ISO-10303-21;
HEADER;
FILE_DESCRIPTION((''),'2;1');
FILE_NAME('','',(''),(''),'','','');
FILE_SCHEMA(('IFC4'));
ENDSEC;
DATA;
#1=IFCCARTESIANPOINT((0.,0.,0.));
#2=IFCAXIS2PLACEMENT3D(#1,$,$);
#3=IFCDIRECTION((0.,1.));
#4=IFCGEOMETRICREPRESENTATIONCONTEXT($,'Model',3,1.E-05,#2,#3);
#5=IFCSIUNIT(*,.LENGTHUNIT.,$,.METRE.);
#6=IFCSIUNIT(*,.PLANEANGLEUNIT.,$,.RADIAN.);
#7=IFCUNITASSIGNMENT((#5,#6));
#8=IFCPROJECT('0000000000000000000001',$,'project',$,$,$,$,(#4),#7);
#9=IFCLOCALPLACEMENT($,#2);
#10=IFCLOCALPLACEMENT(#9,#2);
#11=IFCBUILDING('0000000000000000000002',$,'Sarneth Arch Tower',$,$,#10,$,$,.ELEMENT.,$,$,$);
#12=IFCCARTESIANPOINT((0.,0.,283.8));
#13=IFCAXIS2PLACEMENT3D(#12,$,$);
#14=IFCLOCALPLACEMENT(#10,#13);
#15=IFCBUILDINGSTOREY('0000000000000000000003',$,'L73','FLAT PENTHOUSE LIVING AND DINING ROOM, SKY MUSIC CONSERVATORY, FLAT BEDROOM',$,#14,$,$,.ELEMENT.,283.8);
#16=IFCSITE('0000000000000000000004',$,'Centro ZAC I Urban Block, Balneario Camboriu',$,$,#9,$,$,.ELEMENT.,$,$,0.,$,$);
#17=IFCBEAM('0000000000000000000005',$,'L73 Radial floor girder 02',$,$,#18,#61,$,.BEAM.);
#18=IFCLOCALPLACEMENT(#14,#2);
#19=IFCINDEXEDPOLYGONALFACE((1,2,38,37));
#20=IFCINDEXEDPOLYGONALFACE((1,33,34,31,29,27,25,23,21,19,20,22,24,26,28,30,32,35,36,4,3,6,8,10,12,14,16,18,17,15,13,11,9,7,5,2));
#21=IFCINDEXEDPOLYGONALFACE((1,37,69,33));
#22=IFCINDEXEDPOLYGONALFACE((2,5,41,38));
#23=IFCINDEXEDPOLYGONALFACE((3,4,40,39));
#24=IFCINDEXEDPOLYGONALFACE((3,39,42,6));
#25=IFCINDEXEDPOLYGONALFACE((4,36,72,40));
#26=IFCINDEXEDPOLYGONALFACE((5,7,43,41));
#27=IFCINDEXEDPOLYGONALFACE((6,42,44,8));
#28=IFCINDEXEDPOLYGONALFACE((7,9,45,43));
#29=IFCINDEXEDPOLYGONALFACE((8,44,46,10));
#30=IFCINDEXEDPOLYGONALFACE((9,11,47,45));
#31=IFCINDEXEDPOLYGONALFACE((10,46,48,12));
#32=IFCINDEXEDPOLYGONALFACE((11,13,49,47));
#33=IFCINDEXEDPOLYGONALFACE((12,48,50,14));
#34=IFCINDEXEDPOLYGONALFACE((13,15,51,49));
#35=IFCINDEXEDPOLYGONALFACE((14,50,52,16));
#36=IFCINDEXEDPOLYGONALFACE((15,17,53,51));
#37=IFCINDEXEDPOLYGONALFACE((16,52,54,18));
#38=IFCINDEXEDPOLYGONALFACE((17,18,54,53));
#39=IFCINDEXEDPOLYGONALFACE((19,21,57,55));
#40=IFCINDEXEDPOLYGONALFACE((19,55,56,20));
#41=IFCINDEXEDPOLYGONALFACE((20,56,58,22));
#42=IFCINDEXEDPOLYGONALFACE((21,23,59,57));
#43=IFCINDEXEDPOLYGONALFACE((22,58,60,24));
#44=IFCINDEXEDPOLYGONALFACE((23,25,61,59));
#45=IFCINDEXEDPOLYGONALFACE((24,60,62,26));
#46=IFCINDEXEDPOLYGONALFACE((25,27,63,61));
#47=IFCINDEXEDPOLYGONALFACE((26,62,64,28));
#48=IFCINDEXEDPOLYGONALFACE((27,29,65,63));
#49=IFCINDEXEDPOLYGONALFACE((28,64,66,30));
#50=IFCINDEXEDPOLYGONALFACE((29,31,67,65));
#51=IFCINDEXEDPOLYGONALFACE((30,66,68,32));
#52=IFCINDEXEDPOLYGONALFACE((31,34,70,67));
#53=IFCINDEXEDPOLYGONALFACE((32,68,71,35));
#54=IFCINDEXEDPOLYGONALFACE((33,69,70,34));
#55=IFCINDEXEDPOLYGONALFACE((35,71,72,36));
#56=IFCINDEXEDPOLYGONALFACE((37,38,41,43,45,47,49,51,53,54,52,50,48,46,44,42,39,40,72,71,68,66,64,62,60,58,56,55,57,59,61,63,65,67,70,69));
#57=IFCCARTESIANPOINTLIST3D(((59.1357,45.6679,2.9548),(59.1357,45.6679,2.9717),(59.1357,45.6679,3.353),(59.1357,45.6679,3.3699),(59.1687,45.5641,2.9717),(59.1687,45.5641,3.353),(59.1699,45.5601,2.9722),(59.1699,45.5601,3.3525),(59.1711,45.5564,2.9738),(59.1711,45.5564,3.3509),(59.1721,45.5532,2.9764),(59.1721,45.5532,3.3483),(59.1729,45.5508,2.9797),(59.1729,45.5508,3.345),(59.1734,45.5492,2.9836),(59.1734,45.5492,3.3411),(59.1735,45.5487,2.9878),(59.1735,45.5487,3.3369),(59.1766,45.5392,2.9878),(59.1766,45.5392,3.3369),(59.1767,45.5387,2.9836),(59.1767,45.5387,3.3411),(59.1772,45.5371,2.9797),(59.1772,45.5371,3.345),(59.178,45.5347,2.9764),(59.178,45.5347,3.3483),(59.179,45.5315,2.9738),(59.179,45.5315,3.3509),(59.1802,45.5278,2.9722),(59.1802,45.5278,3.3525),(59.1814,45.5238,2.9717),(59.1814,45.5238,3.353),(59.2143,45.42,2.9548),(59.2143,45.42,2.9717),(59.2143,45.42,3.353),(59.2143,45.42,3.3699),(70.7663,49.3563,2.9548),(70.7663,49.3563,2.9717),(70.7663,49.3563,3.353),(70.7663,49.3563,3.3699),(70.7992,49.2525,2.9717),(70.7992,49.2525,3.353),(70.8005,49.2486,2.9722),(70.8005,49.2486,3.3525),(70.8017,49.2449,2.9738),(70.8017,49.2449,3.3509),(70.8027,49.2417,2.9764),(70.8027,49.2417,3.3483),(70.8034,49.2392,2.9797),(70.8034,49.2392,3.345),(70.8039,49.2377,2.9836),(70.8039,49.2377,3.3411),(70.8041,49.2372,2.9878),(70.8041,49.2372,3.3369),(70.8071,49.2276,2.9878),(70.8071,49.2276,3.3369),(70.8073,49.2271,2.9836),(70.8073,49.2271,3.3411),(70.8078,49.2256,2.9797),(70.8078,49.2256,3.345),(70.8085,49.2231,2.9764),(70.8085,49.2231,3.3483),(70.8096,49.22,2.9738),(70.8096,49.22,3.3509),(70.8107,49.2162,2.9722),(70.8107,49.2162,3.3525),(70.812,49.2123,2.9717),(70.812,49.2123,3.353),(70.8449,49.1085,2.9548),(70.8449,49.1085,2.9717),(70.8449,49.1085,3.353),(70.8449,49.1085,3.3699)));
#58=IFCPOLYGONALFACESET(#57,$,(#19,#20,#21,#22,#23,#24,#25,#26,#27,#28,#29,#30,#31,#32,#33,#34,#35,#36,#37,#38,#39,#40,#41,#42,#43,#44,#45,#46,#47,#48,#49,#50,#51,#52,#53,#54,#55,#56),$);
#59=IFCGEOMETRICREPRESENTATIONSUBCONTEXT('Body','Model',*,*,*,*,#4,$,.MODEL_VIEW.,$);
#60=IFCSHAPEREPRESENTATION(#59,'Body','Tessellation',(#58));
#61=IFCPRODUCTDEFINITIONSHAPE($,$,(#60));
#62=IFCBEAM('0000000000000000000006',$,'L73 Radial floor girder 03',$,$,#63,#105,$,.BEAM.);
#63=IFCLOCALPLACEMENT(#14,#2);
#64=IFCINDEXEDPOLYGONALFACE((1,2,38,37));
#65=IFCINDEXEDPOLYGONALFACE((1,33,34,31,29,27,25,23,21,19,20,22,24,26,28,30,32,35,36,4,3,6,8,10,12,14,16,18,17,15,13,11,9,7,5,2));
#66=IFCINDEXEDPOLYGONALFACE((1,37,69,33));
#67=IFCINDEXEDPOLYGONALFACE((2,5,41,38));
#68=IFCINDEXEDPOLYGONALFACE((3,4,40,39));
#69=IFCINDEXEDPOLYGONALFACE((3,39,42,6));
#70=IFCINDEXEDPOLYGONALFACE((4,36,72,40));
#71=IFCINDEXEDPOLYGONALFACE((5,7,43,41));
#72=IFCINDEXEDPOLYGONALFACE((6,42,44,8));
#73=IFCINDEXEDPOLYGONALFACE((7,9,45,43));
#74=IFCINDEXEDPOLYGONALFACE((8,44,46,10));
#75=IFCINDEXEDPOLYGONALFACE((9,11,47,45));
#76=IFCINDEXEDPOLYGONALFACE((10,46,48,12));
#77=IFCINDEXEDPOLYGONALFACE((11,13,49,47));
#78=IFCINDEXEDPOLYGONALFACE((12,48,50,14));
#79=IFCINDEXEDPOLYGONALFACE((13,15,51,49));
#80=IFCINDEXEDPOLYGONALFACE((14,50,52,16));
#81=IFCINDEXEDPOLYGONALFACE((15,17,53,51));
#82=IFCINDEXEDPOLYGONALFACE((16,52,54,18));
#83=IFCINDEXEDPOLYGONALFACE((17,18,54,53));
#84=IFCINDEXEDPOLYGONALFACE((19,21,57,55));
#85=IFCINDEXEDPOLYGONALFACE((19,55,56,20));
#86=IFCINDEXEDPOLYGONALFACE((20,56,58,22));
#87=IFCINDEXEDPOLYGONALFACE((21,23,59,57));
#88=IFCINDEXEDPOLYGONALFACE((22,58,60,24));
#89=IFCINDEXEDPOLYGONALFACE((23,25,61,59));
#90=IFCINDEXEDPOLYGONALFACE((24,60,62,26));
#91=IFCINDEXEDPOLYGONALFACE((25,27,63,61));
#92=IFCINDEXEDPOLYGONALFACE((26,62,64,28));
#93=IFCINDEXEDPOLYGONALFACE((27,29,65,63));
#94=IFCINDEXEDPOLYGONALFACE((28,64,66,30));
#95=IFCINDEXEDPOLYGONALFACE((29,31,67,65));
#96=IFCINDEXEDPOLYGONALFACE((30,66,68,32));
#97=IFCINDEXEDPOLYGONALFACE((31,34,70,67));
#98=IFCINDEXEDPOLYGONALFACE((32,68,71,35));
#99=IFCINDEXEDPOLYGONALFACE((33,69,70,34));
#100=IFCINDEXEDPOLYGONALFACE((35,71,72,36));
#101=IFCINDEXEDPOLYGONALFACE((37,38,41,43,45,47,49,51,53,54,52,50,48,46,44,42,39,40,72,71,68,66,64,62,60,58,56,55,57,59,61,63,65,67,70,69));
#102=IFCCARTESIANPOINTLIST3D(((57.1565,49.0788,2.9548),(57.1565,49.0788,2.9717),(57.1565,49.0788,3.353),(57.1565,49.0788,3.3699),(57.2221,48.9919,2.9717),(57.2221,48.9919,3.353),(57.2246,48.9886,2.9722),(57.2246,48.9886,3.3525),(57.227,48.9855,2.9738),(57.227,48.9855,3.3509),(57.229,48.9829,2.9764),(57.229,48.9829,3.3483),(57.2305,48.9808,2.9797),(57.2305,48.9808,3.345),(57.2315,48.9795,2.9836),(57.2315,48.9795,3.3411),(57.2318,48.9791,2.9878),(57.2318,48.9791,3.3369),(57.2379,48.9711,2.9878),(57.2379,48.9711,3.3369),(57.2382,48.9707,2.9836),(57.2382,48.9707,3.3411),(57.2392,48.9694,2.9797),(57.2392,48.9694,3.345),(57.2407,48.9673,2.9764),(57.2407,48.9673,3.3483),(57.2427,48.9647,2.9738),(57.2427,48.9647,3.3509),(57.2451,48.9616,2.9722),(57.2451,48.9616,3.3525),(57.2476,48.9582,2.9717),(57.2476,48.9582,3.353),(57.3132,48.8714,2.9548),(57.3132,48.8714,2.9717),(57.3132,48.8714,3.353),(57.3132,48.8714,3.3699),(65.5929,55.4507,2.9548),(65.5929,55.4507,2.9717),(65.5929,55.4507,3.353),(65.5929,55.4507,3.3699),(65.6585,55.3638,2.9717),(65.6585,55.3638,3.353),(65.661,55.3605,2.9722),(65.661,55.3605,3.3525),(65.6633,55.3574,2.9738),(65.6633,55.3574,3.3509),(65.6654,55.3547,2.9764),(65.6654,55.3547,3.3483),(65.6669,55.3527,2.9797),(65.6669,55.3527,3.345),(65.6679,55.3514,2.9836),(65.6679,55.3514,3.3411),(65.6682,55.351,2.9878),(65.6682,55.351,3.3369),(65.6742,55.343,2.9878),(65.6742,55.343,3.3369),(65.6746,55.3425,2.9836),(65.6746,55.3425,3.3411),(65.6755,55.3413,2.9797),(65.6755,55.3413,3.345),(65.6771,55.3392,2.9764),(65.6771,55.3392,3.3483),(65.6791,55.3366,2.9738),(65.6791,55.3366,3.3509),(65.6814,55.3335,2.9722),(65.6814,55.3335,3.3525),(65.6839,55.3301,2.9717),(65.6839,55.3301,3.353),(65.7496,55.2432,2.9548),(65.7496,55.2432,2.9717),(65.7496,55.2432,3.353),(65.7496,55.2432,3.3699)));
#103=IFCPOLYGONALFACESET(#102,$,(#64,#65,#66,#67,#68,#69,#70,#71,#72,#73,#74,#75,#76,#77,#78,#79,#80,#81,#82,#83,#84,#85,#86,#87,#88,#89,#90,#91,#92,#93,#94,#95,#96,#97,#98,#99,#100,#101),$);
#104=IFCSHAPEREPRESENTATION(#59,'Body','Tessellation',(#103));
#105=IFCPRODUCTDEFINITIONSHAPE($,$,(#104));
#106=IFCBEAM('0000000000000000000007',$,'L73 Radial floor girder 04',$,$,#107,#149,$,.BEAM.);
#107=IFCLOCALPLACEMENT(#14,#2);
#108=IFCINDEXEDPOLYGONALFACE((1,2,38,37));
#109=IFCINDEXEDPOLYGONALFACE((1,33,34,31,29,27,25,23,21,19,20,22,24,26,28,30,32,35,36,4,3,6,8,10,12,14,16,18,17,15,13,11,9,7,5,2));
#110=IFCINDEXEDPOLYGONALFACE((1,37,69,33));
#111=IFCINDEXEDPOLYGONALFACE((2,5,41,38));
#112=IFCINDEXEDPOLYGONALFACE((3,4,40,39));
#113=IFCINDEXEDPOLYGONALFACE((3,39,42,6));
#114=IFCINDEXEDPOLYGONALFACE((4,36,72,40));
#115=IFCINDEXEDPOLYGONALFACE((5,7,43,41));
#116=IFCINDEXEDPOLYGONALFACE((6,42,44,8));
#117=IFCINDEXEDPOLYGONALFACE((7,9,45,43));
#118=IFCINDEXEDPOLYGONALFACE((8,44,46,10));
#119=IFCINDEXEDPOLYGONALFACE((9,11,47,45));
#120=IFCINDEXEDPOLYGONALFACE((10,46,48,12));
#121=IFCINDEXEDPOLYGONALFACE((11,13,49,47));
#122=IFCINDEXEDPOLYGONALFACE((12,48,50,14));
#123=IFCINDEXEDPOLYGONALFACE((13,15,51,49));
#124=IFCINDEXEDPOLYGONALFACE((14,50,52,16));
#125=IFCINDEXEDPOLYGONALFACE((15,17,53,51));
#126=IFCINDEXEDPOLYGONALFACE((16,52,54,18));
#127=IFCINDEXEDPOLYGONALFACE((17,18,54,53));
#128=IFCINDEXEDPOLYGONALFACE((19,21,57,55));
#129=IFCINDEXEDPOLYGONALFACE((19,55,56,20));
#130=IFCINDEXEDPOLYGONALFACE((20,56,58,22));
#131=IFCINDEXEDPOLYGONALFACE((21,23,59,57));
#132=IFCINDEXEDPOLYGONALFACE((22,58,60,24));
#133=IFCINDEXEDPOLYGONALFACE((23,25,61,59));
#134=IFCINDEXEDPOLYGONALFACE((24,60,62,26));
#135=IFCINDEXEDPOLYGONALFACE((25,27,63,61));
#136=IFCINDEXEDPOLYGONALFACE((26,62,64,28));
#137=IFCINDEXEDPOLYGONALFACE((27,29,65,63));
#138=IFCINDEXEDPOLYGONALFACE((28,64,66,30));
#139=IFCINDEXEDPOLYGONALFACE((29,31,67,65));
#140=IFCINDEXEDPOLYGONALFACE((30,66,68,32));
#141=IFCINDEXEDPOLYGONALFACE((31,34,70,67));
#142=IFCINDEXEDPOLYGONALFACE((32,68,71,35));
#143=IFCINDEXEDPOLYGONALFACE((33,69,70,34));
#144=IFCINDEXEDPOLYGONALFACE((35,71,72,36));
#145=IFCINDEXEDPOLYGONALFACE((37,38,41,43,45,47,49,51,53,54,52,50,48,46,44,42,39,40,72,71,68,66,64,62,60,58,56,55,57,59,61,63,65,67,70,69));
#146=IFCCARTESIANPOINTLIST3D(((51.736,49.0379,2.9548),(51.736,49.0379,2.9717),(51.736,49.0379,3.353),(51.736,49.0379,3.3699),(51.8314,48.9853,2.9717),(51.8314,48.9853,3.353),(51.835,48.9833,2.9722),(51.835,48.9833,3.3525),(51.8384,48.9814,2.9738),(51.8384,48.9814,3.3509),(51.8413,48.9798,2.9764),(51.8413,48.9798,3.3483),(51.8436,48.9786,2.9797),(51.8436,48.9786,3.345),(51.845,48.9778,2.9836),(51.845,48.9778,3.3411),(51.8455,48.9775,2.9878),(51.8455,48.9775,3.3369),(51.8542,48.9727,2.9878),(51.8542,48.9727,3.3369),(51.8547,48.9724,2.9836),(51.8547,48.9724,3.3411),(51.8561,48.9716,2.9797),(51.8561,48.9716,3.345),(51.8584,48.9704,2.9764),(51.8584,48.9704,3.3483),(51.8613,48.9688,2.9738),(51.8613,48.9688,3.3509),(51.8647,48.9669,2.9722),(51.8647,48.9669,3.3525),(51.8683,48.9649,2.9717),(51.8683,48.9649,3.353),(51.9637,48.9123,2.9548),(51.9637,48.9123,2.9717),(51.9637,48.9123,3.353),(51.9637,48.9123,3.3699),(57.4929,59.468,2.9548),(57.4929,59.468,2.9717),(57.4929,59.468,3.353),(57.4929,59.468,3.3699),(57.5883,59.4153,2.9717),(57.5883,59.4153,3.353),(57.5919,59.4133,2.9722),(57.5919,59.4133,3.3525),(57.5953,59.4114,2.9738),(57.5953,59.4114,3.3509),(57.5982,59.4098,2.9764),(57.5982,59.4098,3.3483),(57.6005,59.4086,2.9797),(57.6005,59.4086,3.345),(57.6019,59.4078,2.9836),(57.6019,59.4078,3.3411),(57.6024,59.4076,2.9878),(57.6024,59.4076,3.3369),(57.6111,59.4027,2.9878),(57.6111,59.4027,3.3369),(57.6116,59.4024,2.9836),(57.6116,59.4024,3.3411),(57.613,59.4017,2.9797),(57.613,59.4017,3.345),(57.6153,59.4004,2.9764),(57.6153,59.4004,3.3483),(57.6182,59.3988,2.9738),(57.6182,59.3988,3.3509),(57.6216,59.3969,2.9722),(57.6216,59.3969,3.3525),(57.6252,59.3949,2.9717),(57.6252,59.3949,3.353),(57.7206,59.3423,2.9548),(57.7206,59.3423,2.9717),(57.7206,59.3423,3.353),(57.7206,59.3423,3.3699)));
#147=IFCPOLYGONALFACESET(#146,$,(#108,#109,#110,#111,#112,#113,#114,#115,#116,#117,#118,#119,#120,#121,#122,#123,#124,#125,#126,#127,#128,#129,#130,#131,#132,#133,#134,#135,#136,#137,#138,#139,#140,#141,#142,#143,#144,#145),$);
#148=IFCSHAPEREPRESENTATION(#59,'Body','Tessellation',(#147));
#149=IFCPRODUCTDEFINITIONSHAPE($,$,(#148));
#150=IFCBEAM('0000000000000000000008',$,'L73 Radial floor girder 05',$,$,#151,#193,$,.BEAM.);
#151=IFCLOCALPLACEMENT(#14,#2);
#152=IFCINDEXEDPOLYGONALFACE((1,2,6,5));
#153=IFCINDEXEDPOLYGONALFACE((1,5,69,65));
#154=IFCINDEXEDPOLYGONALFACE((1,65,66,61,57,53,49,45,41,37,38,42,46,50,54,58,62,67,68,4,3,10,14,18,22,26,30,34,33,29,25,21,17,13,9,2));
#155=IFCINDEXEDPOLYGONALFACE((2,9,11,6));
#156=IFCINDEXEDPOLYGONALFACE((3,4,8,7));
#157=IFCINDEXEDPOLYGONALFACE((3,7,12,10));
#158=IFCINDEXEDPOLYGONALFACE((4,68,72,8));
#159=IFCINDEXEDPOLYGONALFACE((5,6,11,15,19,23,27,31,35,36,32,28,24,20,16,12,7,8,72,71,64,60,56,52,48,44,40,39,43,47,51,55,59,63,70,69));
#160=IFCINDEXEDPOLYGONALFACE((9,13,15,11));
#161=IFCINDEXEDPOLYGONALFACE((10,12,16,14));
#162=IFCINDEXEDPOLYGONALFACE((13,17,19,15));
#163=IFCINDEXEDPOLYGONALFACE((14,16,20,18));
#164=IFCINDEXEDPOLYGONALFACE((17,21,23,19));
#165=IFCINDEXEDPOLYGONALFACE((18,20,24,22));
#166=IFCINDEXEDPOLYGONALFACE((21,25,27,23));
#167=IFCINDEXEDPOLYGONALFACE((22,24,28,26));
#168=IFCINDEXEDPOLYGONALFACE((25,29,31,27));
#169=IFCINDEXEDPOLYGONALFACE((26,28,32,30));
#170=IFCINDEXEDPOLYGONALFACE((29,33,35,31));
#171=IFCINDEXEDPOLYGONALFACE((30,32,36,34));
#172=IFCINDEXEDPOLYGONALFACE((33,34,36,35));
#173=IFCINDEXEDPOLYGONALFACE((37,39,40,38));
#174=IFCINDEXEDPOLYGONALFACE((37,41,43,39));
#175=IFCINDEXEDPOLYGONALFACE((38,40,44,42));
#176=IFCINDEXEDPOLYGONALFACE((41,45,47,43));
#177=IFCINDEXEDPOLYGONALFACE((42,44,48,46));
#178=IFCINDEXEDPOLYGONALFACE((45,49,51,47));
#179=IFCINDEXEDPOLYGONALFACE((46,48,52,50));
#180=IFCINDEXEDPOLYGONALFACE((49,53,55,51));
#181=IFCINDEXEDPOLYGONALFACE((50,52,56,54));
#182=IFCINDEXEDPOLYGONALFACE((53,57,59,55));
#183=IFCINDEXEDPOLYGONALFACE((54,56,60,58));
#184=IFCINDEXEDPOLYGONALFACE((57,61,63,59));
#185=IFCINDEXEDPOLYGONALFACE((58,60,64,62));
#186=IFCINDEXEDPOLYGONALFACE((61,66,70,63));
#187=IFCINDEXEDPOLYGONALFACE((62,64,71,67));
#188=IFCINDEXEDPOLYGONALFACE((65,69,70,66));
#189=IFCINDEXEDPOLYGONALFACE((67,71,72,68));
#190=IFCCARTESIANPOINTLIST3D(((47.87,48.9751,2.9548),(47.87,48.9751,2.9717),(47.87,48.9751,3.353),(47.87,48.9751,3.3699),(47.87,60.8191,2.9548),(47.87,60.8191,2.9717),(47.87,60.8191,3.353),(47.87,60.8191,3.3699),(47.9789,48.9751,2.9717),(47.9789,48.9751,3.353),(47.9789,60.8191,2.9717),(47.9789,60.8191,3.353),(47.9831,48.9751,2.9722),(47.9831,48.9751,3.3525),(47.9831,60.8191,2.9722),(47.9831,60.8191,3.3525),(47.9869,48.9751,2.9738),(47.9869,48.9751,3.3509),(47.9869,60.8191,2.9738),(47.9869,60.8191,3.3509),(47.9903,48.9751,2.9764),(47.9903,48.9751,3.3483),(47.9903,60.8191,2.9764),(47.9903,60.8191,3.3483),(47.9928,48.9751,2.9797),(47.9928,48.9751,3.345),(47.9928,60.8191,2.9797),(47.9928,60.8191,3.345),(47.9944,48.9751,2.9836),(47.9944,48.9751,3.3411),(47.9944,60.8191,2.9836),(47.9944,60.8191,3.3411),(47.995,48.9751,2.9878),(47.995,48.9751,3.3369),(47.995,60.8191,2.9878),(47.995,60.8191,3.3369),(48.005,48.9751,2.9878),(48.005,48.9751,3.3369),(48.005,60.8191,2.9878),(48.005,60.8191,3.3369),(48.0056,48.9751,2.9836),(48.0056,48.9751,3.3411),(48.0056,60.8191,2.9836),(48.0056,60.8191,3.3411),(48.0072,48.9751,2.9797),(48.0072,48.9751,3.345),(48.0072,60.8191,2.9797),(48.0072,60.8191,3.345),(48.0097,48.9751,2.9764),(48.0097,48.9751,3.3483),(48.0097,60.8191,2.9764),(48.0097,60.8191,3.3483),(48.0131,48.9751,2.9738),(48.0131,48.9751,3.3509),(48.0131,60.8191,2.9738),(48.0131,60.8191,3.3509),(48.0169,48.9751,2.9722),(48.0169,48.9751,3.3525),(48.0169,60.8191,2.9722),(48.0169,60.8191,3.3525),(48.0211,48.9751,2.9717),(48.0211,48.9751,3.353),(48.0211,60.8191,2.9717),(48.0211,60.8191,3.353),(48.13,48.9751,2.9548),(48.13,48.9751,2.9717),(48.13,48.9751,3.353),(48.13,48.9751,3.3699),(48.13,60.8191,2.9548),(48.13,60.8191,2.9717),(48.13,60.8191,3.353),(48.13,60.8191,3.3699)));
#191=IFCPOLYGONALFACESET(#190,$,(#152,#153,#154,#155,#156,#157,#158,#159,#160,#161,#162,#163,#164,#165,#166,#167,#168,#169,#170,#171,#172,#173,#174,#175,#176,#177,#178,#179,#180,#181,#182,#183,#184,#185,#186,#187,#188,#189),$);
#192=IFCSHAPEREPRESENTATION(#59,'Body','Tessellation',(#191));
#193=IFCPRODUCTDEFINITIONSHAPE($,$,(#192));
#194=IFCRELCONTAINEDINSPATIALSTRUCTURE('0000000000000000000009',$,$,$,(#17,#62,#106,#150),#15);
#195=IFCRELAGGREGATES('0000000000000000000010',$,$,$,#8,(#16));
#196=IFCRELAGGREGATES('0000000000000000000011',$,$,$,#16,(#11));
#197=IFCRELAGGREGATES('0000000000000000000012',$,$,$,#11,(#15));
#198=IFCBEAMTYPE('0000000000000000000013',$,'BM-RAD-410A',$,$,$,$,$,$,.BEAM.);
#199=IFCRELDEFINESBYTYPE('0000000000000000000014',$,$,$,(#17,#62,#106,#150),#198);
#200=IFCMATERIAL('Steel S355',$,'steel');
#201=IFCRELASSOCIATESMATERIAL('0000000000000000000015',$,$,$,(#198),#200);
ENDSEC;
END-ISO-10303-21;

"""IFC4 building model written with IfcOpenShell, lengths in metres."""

from ifc_helpers import new_model, si_unit, direction, frame, origin, origin_2d, place, context, subcontext, project, spatial, i_section, extrude, material, material_profile, profile_set, type_object, element, save


model = new_model("IFC4")

# Units and contexts
model_context = context("Model", 3, precision=1e-05, world=origin(), true_north=direction((0.0, 1.0)))
body_context = subcontext(model_context, "Body", "Model", "MODEL_VIEW")
ifc_project = project(units=[si_unit("LENGTHUNIT", "METRE"), si_unit("PLANEANGLEUNIT", "RADIAN")], contexts=[model_context])

# Site, building, storey
site_placement = place(None, origin())
site = spatial("IfcSite", under=ifc_project, at=site_placement, Name="Centro ZAC I Urban Block, Balneario Camboriu", CompositionType="ELEMENT", RefElevation=0.0)
building_placement = place(site_placement, origin())
building = spatial("IfcBuilding", under=site, at=building_placement, Name="Sarneth Arch Tower", CompositionType="ELEMENT")
storey_placement = place(building_placement, frame((0.0, 0.0, 283.8)))
storey = spatial("IfcBuildingStorey", under=building, at=storey_placement, Name="L73", Description="FLAT PENTHOUSE LIVING AND DINING ROOM, SKY MUSIC CONSERVATORY, FLAT BEDROOM", CompositionType="ELEMENT", Elevation=283.8)

# Beams
ifc_material_1 = material(Name="Steel S355", Category="steel")
ifc_material_profile_1 = material_profile(ifc_material_1, i_section(OverallWidth=0.26, OverallDepth=0.415, WebThickness=0.01, FlangeThickness=0.0168, FilletRadius=0.0161, at=origin_2d()), Name="W410x100")
ifc_profile_set_1 = profile_set([ifc_material_profile_1], Name="Steel S355")
beam_type_1 = type_object("IfcBeamType", Name="BM-RAD-410A", PredefinedType="BEAM", material=ifc_profile_set_1)
beam_1_placement = place(storey_placement, frame((59.175, 45.5439, 3.1624), z_axis=(0.953214, 0.302298, 0.0), x_axis=(-0.302298, 0.953214, 0.0)))
element("IfcBeam", 1, at=beam_1_placement, inside=storey, type_object=beam_type_1, Name="L73 Radial floor girder 02", PredefinedType="BEAM", context=body_context, shape_type="SweptSolid", body=[
    extrude(i_section(OverallWidth=0.26, OverallDepth=0.415, WebThickness=0.01, FlangeThickness=0.0168, FilletRadius=0.0161, at=origin_2d()), origin(), (0.0, 0.0, 1.0), 12.2014),
])
beam_2_placement = place(storey_placement, frame((57.2349, 48.9751, 3.1624), z_axis=(0.79797, 0.602698, 0.0), x_axis=(-0.602698, 0.79797, 0.0)))
element("IfcBeam", 2, at=beam_2_placement, inside=storey, type_object=beam_type_1, Name="L73 Radial floor girder 03", PredefinedType="BEAM", context=body_context, shape_type="SweptSolid", body=[
    extrude(i_section(OverallWidth=0.26, OverallDepth=0.415, WebThickness=0.01, FlangeThickness=0.0168, FilletRadius=0.0161, at=origin_2d()), origin(), (0.0, 0.0, 1.0), 10.5723),
])
beam_3_placement = place(storey_placement, frame((51.8499, 48.9751, 3.1624), z_axis=(0.483231, 0.875493, 0.0), x_axis=(-0.875493, 0.483231, 0.0)))
element("IfcBeam", 3, at=beam_3_placement, inside=storey, type_object=beam_type_1, Name="L73 Radial floor girder 04", PredefinedType="BEAM", context=body_context, shape_type="SweptSolid", body=[
    extrude(i_section(OverallWidth=0.26, OverallDepth=0.415, WebThickness=0.01, FlangeThickness=0.0168, FilletRadius=0.0161, at=origin_2d()), origin(), (0.0, 0.0, 1.0), 11.9133),
])
beam_4_placement = place(storey_placement, frame((48.0, 48.9751, 3.1624), z_axis=(0.0, 1.0, 0.0), x_axis=(-1.0, 0.0, 0.0)))
element("IfcBeam", 4, at=beam_4_placement, inside=storey, type_object=beam_type_1, Name="L73 Radial floor girder 05", PredefinedType="BEAM", context=body_context, shape_type="SweptSolid", body=[
    extrude(i_section(OverallWidth=0.26, OverallDepth=0.415, WebThickness=0.01, FlangeThickness=0.0168, FilletRadius=0.0161, at=origin_2d()), origin(), (0.0, 0.0, 1.0), 11.844),
])

save(model, "model.ifc")
